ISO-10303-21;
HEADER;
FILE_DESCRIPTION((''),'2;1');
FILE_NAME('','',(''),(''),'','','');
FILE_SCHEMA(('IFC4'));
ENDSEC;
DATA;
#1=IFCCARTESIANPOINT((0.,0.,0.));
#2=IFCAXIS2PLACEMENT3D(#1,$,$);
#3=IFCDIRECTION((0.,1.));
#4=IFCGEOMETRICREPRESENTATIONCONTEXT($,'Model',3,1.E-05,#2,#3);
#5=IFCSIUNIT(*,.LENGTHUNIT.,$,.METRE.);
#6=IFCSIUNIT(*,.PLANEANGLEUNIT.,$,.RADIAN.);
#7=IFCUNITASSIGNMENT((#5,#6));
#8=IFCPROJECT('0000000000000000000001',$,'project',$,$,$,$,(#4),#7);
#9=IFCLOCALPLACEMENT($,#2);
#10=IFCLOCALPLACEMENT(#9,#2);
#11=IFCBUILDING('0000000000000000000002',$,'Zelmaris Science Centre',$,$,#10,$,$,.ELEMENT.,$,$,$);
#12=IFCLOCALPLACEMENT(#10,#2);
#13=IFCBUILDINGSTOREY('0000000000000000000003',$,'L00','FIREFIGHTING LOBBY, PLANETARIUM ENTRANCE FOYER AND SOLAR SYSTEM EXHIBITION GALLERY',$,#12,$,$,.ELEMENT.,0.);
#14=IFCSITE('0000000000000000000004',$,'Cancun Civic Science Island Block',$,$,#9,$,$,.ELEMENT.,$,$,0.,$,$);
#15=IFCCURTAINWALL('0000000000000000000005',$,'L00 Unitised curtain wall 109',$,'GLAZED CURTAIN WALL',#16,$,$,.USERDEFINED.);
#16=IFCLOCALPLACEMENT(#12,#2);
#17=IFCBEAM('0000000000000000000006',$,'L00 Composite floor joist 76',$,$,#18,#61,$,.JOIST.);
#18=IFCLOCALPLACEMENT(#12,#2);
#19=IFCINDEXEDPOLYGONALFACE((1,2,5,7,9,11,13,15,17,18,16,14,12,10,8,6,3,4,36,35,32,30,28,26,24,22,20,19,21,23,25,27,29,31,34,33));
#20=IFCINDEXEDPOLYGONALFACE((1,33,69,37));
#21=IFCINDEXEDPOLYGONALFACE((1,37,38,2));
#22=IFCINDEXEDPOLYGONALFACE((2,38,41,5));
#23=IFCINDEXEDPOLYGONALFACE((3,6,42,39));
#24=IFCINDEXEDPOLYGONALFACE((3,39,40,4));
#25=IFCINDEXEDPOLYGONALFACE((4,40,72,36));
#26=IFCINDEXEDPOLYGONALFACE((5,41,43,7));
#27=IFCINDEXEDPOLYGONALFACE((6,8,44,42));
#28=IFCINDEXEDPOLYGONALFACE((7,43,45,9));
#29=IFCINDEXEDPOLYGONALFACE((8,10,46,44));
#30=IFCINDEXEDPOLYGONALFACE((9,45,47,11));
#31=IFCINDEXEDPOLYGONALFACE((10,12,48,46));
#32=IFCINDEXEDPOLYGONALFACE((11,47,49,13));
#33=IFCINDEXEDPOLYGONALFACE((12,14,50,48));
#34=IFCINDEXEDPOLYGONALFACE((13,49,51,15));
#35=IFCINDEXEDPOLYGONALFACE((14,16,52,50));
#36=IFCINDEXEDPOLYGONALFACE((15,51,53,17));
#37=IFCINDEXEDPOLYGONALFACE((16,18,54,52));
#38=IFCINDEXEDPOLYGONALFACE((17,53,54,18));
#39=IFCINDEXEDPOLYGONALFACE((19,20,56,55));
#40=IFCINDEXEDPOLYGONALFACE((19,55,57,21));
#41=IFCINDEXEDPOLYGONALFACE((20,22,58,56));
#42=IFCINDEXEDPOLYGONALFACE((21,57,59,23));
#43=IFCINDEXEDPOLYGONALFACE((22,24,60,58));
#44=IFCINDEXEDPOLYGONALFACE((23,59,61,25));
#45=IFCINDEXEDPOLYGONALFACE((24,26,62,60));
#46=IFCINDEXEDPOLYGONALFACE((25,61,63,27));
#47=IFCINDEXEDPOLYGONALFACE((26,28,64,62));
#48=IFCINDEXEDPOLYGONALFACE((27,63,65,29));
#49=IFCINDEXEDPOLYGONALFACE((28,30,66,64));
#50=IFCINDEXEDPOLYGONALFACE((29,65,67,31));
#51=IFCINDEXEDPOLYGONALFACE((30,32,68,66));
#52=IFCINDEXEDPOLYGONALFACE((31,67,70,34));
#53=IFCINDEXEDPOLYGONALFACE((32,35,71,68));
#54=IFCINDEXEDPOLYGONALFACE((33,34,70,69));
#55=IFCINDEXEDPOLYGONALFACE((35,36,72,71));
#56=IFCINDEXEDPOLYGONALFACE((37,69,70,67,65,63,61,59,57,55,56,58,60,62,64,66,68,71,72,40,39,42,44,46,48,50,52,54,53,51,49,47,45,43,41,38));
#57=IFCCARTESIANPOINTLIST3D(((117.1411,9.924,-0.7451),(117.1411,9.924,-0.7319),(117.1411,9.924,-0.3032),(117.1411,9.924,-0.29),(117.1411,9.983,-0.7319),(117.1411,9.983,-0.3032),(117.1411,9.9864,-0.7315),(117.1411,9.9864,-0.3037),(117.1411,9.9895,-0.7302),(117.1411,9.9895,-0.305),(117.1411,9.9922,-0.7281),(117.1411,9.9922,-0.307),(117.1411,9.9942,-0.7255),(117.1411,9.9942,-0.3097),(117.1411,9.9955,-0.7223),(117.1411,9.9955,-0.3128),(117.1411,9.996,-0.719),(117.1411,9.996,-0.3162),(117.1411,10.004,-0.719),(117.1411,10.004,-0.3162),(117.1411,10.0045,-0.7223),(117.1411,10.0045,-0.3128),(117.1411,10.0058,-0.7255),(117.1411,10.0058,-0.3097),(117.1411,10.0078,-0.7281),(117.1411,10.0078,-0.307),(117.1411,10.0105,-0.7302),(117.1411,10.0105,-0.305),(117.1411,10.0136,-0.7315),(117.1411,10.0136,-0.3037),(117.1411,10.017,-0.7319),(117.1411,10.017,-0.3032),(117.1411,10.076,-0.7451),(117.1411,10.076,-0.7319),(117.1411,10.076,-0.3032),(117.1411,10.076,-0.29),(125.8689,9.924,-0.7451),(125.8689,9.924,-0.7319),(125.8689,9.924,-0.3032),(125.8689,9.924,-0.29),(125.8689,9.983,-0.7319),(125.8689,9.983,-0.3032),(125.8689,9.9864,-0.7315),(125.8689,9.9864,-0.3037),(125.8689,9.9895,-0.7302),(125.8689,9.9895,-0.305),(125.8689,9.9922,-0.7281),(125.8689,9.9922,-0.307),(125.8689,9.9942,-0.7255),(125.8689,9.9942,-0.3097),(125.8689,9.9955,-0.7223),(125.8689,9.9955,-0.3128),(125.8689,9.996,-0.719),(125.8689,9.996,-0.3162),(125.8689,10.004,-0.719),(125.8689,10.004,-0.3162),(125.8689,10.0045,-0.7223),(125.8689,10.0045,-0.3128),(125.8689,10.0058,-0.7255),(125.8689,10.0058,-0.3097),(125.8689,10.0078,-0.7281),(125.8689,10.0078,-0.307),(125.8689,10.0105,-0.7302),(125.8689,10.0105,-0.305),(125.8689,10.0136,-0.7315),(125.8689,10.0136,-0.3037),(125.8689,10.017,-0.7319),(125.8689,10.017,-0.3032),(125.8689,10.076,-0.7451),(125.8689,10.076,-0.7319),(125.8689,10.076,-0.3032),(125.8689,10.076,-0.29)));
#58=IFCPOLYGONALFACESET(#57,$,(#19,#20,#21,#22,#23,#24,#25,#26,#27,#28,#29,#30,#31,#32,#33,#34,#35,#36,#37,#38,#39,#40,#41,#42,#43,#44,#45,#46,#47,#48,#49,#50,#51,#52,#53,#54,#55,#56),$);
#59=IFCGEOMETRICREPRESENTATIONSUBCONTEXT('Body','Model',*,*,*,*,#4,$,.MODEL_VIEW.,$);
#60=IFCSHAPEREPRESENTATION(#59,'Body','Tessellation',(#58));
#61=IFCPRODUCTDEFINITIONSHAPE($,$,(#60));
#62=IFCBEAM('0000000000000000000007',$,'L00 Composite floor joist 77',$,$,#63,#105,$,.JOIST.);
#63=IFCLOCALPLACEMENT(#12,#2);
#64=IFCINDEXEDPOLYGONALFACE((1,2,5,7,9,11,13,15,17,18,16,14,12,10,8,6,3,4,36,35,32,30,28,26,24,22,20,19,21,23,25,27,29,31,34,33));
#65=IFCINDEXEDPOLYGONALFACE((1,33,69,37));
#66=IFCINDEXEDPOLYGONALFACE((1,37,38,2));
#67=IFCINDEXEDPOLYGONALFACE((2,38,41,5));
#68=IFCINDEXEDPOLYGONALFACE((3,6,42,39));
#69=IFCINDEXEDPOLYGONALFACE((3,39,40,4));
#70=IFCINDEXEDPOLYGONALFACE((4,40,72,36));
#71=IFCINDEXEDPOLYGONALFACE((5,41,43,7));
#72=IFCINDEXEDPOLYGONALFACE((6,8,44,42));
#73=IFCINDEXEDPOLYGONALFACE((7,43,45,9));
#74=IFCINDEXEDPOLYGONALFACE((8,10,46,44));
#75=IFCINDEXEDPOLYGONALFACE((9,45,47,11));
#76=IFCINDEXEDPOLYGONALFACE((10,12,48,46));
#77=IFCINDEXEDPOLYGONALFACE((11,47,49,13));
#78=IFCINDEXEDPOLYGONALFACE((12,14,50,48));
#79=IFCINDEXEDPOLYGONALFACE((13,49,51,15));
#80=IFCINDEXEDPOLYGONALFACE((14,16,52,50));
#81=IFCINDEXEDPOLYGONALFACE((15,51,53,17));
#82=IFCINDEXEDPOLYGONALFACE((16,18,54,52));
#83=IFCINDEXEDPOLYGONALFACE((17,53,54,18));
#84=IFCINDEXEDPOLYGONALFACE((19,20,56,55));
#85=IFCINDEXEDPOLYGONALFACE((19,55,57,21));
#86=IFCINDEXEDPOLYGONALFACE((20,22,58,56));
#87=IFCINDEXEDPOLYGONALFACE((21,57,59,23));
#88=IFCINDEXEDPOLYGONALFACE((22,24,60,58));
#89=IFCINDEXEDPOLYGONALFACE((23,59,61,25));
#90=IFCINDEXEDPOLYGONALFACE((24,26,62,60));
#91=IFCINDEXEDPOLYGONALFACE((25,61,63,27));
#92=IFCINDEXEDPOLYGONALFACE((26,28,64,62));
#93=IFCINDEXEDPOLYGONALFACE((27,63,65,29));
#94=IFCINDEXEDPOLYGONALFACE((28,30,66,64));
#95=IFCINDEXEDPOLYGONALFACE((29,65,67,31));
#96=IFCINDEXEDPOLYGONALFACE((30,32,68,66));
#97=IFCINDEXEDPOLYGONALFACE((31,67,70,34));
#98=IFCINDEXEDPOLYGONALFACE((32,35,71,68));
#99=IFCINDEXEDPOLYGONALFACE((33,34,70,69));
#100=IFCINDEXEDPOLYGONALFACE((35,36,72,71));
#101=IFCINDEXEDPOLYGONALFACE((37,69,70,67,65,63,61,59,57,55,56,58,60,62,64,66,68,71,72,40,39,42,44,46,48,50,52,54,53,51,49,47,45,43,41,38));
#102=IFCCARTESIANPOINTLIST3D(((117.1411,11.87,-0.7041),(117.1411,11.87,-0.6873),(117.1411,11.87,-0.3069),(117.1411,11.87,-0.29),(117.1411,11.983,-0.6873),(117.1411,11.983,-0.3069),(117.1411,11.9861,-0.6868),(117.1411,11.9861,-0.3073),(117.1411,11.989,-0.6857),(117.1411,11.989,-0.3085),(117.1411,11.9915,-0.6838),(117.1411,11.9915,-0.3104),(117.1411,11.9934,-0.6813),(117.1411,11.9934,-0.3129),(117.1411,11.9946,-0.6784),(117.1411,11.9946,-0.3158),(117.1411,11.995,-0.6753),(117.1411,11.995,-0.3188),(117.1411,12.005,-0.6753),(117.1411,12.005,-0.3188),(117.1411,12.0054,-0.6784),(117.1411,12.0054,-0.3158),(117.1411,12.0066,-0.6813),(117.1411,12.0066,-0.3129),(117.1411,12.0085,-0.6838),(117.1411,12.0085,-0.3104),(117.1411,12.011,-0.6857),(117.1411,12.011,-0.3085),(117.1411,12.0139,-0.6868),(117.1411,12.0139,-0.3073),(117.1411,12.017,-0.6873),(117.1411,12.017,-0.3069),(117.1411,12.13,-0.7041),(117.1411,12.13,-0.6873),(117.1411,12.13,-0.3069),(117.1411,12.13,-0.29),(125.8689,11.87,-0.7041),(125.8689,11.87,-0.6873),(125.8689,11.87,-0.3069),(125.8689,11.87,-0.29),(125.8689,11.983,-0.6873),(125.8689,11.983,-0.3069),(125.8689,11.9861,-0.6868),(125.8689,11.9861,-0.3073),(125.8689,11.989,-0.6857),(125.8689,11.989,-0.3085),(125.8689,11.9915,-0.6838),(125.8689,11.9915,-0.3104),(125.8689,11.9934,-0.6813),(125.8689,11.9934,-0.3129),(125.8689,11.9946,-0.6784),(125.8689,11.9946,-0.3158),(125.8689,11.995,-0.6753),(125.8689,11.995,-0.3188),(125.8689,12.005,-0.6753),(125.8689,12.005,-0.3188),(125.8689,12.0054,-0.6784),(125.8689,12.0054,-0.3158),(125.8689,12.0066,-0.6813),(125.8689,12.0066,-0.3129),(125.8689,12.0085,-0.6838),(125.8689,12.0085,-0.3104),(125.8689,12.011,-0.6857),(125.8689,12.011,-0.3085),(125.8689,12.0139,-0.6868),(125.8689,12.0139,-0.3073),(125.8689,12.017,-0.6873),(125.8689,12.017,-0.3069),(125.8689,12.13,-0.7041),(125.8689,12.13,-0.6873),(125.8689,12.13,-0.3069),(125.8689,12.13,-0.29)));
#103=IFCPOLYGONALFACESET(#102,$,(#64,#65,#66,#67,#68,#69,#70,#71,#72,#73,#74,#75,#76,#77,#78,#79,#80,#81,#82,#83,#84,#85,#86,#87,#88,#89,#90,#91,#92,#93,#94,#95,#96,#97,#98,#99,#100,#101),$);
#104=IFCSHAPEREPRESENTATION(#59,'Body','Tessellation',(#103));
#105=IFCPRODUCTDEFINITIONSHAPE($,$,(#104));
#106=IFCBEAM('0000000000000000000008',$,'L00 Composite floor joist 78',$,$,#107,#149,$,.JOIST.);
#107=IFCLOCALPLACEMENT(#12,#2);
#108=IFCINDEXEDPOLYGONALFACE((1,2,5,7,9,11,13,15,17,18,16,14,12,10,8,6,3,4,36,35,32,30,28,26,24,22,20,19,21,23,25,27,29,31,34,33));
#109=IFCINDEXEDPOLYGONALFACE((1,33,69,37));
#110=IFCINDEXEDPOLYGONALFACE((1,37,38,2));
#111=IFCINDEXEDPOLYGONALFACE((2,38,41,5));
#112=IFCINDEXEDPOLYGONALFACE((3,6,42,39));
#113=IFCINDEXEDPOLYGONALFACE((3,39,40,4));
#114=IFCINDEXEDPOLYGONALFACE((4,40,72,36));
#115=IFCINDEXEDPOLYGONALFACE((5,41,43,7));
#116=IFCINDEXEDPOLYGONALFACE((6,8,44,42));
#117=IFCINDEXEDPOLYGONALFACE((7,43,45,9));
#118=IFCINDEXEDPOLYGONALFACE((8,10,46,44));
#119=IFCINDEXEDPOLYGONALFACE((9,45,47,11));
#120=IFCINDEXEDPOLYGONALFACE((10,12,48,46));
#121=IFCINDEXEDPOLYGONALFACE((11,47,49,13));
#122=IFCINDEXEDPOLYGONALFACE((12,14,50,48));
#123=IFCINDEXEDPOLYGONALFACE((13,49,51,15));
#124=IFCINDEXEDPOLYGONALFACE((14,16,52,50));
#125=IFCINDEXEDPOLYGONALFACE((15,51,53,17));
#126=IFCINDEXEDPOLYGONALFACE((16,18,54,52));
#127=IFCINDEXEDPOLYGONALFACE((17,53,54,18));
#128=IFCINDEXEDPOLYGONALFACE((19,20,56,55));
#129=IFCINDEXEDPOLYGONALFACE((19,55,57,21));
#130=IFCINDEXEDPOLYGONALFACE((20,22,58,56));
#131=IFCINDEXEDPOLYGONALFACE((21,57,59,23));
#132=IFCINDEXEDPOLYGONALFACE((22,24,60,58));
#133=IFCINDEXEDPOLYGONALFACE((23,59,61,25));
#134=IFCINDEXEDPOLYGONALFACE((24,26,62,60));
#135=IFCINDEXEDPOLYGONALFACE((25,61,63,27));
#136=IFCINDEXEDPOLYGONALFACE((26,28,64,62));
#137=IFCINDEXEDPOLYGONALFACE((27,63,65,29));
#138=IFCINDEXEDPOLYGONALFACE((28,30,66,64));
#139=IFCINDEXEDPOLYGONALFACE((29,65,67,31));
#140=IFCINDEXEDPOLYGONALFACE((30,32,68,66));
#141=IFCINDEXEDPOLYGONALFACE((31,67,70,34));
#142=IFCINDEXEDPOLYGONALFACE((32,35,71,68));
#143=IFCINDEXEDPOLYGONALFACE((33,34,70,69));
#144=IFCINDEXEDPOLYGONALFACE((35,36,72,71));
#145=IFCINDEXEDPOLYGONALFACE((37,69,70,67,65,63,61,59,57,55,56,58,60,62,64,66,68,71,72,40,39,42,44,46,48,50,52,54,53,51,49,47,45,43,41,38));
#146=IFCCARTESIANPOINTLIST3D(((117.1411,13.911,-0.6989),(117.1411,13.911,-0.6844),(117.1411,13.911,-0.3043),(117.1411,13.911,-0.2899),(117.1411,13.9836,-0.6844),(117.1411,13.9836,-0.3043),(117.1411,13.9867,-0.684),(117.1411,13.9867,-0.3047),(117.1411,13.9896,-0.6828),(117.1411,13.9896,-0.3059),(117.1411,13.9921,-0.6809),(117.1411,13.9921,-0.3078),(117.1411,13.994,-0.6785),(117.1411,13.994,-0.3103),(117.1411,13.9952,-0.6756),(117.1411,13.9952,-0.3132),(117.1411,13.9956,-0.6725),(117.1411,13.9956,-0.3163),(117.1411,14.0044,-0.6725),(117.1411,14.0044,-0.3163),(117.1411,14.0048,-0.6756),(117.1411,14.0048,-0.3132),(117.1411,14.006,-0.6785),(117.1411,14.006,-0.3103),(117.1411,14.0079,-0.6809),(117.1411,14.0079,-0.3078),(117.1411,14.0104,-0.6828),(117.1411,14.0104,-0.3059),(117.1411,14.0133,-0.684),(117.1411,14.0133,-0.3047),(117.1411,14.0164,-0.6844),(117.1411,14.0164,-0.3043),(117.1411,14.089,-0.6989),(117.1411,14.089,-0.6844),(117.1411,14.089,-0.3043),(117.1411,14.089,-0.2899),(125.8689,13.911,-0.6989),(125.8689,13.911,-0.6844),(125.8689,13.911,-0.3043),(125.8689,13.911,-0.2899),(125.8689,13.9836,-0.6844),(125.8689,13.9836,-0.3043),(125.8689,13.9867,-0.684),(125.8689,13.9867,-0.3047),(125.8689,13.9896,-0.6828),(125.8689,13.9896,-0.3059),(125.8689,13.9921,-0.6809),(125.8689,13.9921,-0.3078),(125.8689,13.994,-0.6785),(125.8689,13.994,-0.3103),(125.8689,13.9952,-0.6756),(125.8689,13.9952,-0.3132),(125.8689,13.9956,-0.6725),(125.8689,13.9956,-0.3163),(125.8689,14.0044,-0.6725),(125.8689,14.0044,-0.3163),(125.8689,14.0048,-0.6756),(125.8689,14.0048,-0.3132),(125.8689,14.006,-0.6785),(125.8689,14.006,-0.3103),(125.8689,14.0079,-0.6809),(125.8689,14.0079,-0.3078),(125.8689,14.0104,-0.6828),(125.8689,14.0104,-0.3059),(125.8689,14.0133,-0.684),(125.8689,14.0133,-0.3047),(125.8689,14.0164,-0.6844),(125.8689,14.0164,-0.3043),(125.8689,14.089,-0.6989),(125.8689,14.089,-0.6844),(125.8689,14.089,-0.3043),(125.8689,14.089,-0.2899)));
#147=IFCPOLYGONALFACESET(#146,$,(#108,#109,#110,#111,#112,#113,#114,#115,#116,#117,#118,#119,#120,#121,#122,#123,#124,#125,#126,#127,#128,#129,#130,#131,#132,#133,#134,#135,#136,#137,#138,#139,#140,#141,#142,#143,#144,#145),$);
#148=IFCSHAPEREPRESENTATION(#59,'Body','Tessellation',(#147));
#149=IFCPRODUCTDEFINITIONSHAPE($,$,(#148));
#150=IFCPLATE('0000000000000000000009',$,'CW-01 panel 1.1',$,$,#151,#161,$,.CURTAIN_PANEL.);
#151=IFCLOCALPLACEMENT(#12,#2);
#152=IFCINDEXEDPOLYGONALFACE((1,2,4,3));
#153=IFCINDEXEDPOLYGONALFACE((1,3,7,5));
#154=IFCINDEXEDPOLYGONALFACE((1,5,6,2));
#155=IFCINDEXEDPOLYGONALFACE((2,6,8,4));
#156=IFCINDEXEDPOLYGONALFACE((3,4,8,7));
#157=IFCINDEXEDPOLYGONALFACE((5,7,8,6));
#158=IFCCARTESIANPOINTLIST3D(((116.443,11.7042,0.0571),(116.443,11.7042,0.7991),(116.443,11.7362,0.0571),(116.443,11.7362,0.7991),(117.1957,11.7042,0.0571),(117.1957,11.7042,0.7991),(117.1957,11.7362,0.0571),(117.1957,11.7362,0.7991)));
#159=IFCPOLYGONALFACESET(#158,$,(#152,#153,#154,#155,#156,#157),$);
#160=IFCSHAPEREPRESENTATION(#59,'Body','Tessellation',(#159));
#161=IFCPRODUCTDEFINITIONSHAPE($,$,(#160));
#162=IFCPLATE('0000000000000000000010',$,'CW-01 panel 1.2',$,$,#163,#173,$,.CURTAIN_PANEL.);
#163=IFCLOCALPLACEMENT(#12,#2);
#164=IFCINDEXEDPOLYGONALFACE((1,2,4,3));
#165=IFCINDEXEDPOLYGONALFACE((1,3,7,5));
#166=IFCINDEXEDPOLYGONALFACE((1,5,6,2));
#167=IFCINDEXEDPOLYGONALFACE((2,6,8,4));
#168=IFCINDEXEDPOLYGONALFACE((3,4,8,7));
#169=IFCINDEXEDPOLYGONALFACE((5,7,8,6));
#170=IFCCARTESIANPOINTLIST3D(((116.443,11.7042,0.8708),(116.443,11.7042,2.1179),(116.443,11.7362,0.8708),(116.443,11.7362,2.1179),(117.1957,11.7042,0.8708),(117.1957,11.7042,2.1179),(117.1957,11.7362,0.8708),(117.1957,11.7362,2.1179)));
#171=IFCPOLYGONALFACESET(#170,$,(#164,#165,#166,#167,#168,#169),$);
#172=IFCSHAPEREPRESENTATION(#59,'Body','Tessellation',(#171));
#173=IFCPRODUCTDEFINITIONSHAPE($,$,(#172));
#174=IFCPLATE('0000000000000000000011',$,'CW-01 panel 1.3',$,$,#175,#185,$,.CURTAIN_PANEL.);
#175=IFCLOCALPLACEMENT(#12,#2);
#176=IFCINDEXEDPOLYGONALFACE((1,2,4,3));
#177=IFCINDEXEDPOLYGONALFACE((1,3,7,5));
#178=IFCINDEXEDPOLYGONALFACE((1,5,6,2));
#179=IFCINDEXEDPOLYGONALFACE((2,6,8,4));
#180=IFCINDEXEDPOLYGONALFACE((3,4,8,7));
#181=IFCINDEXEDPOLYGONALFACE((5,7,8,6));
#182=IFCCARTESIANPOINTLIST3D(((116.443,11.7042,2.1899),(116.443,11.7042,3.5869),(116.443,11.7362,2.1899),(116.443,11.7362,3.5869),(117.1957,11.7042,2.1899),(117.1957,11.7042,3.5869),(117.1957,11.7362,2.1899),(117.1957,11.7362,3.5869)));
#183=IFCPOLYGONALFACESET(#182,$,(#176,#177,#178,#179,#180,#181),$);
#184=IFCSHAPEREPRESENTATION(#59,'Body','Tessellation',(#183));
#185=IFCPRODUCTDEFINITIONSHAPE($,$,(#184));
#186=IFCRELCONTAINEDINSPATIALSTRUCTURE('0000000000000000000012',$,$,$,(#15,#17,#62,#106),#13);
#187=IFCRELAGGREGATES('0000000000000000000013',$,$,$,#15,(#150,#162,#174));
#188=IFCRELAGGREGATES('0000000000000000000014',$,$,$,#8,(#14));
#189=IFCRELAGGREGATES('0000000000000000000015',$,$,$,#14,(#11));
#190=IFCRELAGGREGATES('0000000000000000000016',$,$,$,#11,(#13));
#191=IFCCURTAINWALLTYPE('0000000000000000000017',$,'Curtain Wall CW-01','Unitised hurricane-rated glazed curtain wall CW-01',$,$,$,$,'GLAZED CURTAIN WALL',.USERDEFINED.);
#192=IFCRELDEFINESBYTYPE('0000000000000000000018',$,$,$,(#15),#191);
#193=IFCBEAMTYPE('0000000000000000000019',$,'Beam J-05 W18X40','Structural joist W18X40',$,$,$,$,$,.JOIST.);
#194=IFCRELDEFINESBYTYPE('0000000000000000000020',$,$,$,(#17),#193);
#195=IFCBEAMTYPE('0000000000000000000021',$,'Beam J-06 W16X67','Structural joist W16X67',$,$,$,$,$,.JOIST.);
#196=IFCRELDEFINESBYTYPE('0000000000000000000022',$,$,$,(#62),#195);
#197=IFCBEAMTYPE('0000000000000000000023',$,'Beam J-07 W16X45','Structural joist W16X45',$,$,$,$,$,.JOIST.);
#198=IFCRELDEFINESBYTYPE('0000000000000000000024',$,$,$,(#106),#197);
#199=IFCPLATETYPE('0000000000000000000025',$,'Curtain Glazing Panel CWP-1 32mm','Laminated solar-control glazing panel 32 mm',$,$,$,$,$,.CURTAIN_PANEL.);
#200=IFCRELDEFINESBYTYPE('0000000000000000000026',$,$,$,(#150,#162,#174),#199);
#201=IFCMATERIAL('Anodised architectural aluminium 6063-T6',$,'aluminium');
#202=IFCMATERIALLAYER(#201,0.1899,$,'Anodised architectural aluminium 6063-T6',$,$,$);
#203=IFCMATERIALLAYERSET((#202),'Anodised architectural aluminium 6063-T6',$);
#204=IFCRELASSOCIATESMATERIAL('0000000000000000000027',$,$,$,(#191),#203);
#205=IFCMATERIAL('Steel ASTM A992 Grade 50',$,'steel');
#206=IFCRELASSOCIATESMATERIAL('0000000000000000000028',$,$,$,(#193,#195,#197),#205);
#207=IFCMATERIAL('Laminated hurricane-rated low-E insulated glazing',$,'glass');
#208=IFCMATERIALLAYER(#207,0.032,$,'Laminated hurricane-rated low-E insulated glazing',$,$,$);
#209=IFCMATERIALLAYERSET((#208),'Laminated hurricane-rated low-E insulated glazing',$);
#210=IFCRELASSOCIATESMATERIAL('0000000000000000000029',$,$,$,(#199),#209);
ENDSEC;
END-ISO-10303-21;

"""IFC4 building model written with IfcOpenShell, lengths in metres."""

from ifc_helpers import new_model, si_unit, direction, frame, origin, origin_2d, place, context, subcontext, project, spatial, rectangle, i_section, extrude, material, layer, layer_set, material_profile, profile_set, type_object, element, aggregate, save


model = new_model("IFC4")

# Units and contexts
model_context = context("Model", 3, precision=1e-05, world=origin(), true_north=direction((0.0, 1.0)))
body_context = subcontext(model_context, "Body", "Model", "MODEL_VIEW")
ifc_project = project(units=[si_unit("LENGTHUNIT", "METRE"), si_unit("PLANEANGLEUNIT", "RADIAN")], contexts=[model_context])

# Site, building, storey
site_placement = place(None, origin())
site = spatial("IfcSite", under=ifc_project, at=site_placement, Name="Cancun Civic Science Island Block", CompositionType="ELEMENT", RefElevation=0.0)
building_placement = place(site_placement, origin())
building = spatial("IfcBuilding", under=site, at=building_placement, Name="Zelmaris Science Centre", CompositionType="ELEMENT")
storey_placement = place(building_placement, origin())
storey = spatial("IfcBuildingStorey", under=building, at=storey_placement, Name="L00", Description="FIREFIGHTING LOBBY, PLANETARIUM ENTRANCE FOYER AND SOLAR SYSTEM EXHIBITION GALLERY", CompositionType="ELEMENT", Elevation=0.0)

# Shared definitions
ifc_material_1 = material(Name="Steel ASTM A992 Grade 50", Category="steel")

# Curtain wall
ifc_material_2 = material(Name="Anodised architectural aluminium 6063-T6", Category="aluminium")
ifc_layer_1 = layer(ifc_material_2, 0.1899, Name="Anodised architectural aluminium 6063-T6")
ifc_layer_set_1 = layer_set([ifc_layer_1], Name="Anodised architectural aluminium 6063-T6")
curtain_wall_type_1 = type_object("IfcCurtainWallType", Name="Curtain Wall CW-01", Description="Unitised hurricane-rated glazed curtain wall CW-01", ElementType="GLAZED CURTAIN WALL", PredefinedType="USERDEFINED", material=ifc_layer_set_1)
curtain_wall_1_placement = place(storey_placement, origin())
curtain_wall_1 = element("IfcCurtainWall", 1, at=curtain_wall_1_placement, inside=storey, type_object=curtain_wall_type_1, Name="L00 Unitised curtain wall 109", ObjectType="GLAZED CURTAIN WALL", PredefinedType="USERDEFINED")

# Beams
ifc_material_profile_1 = material_profile(ifc_material_1, i_section(OverallWidth=0.1521, OverallDepth=0.4551, WebThickness=0.0081, FlangeThickness=0.0132, FilletRadius=0.0129, at=origin_2d()), Name="W18X40")
ifc_profile_set_1 = profile_set([ifc_material_profile_1], Name="Steel ASTM A992 Grade 50")
beam_type_1 = type_object("IfcBeamType", Name="Beam J-05 W18X40", Description="Structural joist W18X40", PredefinedType="JOIST", material=ifc_profile_set_1)
beam_1_placement = place(storey_placement, frame((117.1411, 10.0, -0.5176), z_axis=(1.0, 0.0, 0.0), x_axis=(0.0, 1.0, 0.0)))
element("IfcBeam", 2, at=beam_1_placement, inside=storey, type_object=beam_type_1, Name="L00 Composite floor joist 76", PredefinedType="JOIST", context=body_context, shape_type="SweptSolid", body=[
    extrude(i_section(OverallWidth=0.1521, OverallDepth=0.4551, WebThickness=0.0081, FlangeThickness=0.0132, FilletRadius=0.0129, at=origin_2d()), origin(), (0.0, 0.0, 1.0), 8.7278),
])
ifc_material_profile_2 = material_profile(ifc_material_1, i_section(OverallWidth=0.26, OverallDepth=0.4141, WebThickness=0.01, FlangeThickness=0.0168, FilletRadius=0.012, at=origin_2d()), Name="W16X67")
ifc_profile_set_2 = profile_set([ifc_material_profile_2], Name="Steel ASTM A992 Grade 50")
beam_type_2 = type_object("IfcBeamType", Name="Beam J-06 W16X67", Description="Structural joist W16X67", PredefinedType="JOIST", material=ifc_profile_set_2)
beam_2_placement = place(storey_placement, frame((117.1411, 12.0, -0.4971), z_axis=(1.0, 0.0, 0.0), x_axis=(0.0, 1.0, 0.0)))
element("IfcBeam", 3, at=beam_2_placement, inside=storey, type_object=beam_type_2, Name="L00 Composite floor joist 77", PredefinedType="JOIST", context=body_context, shape_type="SweptSolid", body=[
    extrude(i_section(OverallWidth=0.26, OverallDepth=0.4141, WebThickness=0.01, FlangeThickness=0.0168, FilletRadius=0.012, at=origin_2d()), origin(), (0.0, 0.0, 1.0), 8.7278),
])
ifc_material_profile_3 = material_profile(ifc_material_1, i_section(OverallWidth=0.178, OverallDepth=0.4089, WebThickness=0.0088, FlangeThickness=0.0144, FilletRadius=0.012, at=origin_2d()), Name="W16X45")
ifc_profile_set_3 = profile_set([ifc_material_profile_3], Name="Steel ASTM A992 Grade 50")
beam_type_3 = type_object("IfcBeamType", Name="Beam J-07 W16X45", Description="Structural joist W16X45", PredefinedType="JOIST", material=ifc_profile_set_3)
beam_3_placement = place(storey_placement, frame((117.1411, 14.0, -0.4944), z_axis=(1.0, 0.0, 0.0), x_axis=(0.0, 1.0, 0.0)))
element("IfcBeam", 4, at=beam_3_placement, inside=storey, type_object=beam_type_3, Name="L00 Composite floor joist 78", PredefinedType="JOIST", context=body_context, shape_type="SweptSolid", body=[
    extrude(i_section(OverallWidth=0.178, OverallDepth=0.4089, WebThickness=0.0088, FlangeThickness=0.0144, FilletRadius=0.012, at=origin_2d()), origin(), (0.0, 0.0, 1.0), 8.7278),
])

# Plates
ifc_material_3 = material(Name="Laminated hurricane-rated low-E insulated glazing", Category="glass")
ifc_layer_2 = layer(ifc_material_3, 0.032, Name="Laminated hurricane-rated low-E insulated glazing")
ifc_layer_set_2 = layer_set([ifc_layer_2], Name="Laminated hurricane-rated low-E insulated glazing")
plate_type_1 = type_object("IfcPlateType", Name="Curtain Glazing Panel CWP-1 32mm", Description="Laminated solar-control glazing panel 32 mm", PredefinedType="CURTAIN_PANEL", material=ifc_layer_set_2)
plate_1_placement = place(storey_placement, frame((116.8193, 11.7202, 0.0571), z_axis=(0.0, 0.0, 1.0), x_axis=(-1.0, 0.0, 0.0)))
plate_1 = element("IfcPlate", 5, at=plate_1_placement, type_object=plate_type_1, Name="CW-01 panel 1.1", PredefinedType="CURTAIN_PANEL", context=body_context, shape_type="SweptSolid", body=[
    extrude(rectangle(XDim=0.7527, YDim=0.032, at=origin_2d()), origin(), (0.0, 0.0, 1.0), 0.7419),
])
plate_2_placement = place(storey_placement, frame((116.8193, 11.7202, 0.8708), z_axis=(0.0, 0.0, 1.0), x_axis=(-1.0, 0.0, 0.0)))
plate_2 = element("IfcPlate", 6, at=plate_2_placement, type_object=plate_type_1, Name="CW-01 panel 1.2", PredefinedType="CURTAIN_PANEL", context=body_context, shape_type="SweptSolid", body=[
    extrude(rectangle(XDim=0.7527, YDim=0.032, at=origin_2d()), origin(), (0.0, 0.0, 1.0), 1.2471),
])
plate_3_placement = place(storey_placement, frame((116.8193, 11.7202, 2.1899), z_axis=(0.0, 0.0, 1.0), x_axis=(-1.0, 0.0, 0.0)))
plate_3 = element("IfcPlate", 7, at=plate_3_placement, type_object=plate_type_1, Name="CW-01 panel 1.3", PredefinedType="CURTAIN_PANEL", context=body_context, shape_type="SweptSolid", body=[
    extrude(rectangle(XDim=0.7527, YDim=0.032, at=origin_2d()), origin(), (0.0, 0.0, 1.0), 1.397),
])
aggregate(curtain_wall_1, [plate_1, plate_2, plate_3])

save(model, "model.ifc")
